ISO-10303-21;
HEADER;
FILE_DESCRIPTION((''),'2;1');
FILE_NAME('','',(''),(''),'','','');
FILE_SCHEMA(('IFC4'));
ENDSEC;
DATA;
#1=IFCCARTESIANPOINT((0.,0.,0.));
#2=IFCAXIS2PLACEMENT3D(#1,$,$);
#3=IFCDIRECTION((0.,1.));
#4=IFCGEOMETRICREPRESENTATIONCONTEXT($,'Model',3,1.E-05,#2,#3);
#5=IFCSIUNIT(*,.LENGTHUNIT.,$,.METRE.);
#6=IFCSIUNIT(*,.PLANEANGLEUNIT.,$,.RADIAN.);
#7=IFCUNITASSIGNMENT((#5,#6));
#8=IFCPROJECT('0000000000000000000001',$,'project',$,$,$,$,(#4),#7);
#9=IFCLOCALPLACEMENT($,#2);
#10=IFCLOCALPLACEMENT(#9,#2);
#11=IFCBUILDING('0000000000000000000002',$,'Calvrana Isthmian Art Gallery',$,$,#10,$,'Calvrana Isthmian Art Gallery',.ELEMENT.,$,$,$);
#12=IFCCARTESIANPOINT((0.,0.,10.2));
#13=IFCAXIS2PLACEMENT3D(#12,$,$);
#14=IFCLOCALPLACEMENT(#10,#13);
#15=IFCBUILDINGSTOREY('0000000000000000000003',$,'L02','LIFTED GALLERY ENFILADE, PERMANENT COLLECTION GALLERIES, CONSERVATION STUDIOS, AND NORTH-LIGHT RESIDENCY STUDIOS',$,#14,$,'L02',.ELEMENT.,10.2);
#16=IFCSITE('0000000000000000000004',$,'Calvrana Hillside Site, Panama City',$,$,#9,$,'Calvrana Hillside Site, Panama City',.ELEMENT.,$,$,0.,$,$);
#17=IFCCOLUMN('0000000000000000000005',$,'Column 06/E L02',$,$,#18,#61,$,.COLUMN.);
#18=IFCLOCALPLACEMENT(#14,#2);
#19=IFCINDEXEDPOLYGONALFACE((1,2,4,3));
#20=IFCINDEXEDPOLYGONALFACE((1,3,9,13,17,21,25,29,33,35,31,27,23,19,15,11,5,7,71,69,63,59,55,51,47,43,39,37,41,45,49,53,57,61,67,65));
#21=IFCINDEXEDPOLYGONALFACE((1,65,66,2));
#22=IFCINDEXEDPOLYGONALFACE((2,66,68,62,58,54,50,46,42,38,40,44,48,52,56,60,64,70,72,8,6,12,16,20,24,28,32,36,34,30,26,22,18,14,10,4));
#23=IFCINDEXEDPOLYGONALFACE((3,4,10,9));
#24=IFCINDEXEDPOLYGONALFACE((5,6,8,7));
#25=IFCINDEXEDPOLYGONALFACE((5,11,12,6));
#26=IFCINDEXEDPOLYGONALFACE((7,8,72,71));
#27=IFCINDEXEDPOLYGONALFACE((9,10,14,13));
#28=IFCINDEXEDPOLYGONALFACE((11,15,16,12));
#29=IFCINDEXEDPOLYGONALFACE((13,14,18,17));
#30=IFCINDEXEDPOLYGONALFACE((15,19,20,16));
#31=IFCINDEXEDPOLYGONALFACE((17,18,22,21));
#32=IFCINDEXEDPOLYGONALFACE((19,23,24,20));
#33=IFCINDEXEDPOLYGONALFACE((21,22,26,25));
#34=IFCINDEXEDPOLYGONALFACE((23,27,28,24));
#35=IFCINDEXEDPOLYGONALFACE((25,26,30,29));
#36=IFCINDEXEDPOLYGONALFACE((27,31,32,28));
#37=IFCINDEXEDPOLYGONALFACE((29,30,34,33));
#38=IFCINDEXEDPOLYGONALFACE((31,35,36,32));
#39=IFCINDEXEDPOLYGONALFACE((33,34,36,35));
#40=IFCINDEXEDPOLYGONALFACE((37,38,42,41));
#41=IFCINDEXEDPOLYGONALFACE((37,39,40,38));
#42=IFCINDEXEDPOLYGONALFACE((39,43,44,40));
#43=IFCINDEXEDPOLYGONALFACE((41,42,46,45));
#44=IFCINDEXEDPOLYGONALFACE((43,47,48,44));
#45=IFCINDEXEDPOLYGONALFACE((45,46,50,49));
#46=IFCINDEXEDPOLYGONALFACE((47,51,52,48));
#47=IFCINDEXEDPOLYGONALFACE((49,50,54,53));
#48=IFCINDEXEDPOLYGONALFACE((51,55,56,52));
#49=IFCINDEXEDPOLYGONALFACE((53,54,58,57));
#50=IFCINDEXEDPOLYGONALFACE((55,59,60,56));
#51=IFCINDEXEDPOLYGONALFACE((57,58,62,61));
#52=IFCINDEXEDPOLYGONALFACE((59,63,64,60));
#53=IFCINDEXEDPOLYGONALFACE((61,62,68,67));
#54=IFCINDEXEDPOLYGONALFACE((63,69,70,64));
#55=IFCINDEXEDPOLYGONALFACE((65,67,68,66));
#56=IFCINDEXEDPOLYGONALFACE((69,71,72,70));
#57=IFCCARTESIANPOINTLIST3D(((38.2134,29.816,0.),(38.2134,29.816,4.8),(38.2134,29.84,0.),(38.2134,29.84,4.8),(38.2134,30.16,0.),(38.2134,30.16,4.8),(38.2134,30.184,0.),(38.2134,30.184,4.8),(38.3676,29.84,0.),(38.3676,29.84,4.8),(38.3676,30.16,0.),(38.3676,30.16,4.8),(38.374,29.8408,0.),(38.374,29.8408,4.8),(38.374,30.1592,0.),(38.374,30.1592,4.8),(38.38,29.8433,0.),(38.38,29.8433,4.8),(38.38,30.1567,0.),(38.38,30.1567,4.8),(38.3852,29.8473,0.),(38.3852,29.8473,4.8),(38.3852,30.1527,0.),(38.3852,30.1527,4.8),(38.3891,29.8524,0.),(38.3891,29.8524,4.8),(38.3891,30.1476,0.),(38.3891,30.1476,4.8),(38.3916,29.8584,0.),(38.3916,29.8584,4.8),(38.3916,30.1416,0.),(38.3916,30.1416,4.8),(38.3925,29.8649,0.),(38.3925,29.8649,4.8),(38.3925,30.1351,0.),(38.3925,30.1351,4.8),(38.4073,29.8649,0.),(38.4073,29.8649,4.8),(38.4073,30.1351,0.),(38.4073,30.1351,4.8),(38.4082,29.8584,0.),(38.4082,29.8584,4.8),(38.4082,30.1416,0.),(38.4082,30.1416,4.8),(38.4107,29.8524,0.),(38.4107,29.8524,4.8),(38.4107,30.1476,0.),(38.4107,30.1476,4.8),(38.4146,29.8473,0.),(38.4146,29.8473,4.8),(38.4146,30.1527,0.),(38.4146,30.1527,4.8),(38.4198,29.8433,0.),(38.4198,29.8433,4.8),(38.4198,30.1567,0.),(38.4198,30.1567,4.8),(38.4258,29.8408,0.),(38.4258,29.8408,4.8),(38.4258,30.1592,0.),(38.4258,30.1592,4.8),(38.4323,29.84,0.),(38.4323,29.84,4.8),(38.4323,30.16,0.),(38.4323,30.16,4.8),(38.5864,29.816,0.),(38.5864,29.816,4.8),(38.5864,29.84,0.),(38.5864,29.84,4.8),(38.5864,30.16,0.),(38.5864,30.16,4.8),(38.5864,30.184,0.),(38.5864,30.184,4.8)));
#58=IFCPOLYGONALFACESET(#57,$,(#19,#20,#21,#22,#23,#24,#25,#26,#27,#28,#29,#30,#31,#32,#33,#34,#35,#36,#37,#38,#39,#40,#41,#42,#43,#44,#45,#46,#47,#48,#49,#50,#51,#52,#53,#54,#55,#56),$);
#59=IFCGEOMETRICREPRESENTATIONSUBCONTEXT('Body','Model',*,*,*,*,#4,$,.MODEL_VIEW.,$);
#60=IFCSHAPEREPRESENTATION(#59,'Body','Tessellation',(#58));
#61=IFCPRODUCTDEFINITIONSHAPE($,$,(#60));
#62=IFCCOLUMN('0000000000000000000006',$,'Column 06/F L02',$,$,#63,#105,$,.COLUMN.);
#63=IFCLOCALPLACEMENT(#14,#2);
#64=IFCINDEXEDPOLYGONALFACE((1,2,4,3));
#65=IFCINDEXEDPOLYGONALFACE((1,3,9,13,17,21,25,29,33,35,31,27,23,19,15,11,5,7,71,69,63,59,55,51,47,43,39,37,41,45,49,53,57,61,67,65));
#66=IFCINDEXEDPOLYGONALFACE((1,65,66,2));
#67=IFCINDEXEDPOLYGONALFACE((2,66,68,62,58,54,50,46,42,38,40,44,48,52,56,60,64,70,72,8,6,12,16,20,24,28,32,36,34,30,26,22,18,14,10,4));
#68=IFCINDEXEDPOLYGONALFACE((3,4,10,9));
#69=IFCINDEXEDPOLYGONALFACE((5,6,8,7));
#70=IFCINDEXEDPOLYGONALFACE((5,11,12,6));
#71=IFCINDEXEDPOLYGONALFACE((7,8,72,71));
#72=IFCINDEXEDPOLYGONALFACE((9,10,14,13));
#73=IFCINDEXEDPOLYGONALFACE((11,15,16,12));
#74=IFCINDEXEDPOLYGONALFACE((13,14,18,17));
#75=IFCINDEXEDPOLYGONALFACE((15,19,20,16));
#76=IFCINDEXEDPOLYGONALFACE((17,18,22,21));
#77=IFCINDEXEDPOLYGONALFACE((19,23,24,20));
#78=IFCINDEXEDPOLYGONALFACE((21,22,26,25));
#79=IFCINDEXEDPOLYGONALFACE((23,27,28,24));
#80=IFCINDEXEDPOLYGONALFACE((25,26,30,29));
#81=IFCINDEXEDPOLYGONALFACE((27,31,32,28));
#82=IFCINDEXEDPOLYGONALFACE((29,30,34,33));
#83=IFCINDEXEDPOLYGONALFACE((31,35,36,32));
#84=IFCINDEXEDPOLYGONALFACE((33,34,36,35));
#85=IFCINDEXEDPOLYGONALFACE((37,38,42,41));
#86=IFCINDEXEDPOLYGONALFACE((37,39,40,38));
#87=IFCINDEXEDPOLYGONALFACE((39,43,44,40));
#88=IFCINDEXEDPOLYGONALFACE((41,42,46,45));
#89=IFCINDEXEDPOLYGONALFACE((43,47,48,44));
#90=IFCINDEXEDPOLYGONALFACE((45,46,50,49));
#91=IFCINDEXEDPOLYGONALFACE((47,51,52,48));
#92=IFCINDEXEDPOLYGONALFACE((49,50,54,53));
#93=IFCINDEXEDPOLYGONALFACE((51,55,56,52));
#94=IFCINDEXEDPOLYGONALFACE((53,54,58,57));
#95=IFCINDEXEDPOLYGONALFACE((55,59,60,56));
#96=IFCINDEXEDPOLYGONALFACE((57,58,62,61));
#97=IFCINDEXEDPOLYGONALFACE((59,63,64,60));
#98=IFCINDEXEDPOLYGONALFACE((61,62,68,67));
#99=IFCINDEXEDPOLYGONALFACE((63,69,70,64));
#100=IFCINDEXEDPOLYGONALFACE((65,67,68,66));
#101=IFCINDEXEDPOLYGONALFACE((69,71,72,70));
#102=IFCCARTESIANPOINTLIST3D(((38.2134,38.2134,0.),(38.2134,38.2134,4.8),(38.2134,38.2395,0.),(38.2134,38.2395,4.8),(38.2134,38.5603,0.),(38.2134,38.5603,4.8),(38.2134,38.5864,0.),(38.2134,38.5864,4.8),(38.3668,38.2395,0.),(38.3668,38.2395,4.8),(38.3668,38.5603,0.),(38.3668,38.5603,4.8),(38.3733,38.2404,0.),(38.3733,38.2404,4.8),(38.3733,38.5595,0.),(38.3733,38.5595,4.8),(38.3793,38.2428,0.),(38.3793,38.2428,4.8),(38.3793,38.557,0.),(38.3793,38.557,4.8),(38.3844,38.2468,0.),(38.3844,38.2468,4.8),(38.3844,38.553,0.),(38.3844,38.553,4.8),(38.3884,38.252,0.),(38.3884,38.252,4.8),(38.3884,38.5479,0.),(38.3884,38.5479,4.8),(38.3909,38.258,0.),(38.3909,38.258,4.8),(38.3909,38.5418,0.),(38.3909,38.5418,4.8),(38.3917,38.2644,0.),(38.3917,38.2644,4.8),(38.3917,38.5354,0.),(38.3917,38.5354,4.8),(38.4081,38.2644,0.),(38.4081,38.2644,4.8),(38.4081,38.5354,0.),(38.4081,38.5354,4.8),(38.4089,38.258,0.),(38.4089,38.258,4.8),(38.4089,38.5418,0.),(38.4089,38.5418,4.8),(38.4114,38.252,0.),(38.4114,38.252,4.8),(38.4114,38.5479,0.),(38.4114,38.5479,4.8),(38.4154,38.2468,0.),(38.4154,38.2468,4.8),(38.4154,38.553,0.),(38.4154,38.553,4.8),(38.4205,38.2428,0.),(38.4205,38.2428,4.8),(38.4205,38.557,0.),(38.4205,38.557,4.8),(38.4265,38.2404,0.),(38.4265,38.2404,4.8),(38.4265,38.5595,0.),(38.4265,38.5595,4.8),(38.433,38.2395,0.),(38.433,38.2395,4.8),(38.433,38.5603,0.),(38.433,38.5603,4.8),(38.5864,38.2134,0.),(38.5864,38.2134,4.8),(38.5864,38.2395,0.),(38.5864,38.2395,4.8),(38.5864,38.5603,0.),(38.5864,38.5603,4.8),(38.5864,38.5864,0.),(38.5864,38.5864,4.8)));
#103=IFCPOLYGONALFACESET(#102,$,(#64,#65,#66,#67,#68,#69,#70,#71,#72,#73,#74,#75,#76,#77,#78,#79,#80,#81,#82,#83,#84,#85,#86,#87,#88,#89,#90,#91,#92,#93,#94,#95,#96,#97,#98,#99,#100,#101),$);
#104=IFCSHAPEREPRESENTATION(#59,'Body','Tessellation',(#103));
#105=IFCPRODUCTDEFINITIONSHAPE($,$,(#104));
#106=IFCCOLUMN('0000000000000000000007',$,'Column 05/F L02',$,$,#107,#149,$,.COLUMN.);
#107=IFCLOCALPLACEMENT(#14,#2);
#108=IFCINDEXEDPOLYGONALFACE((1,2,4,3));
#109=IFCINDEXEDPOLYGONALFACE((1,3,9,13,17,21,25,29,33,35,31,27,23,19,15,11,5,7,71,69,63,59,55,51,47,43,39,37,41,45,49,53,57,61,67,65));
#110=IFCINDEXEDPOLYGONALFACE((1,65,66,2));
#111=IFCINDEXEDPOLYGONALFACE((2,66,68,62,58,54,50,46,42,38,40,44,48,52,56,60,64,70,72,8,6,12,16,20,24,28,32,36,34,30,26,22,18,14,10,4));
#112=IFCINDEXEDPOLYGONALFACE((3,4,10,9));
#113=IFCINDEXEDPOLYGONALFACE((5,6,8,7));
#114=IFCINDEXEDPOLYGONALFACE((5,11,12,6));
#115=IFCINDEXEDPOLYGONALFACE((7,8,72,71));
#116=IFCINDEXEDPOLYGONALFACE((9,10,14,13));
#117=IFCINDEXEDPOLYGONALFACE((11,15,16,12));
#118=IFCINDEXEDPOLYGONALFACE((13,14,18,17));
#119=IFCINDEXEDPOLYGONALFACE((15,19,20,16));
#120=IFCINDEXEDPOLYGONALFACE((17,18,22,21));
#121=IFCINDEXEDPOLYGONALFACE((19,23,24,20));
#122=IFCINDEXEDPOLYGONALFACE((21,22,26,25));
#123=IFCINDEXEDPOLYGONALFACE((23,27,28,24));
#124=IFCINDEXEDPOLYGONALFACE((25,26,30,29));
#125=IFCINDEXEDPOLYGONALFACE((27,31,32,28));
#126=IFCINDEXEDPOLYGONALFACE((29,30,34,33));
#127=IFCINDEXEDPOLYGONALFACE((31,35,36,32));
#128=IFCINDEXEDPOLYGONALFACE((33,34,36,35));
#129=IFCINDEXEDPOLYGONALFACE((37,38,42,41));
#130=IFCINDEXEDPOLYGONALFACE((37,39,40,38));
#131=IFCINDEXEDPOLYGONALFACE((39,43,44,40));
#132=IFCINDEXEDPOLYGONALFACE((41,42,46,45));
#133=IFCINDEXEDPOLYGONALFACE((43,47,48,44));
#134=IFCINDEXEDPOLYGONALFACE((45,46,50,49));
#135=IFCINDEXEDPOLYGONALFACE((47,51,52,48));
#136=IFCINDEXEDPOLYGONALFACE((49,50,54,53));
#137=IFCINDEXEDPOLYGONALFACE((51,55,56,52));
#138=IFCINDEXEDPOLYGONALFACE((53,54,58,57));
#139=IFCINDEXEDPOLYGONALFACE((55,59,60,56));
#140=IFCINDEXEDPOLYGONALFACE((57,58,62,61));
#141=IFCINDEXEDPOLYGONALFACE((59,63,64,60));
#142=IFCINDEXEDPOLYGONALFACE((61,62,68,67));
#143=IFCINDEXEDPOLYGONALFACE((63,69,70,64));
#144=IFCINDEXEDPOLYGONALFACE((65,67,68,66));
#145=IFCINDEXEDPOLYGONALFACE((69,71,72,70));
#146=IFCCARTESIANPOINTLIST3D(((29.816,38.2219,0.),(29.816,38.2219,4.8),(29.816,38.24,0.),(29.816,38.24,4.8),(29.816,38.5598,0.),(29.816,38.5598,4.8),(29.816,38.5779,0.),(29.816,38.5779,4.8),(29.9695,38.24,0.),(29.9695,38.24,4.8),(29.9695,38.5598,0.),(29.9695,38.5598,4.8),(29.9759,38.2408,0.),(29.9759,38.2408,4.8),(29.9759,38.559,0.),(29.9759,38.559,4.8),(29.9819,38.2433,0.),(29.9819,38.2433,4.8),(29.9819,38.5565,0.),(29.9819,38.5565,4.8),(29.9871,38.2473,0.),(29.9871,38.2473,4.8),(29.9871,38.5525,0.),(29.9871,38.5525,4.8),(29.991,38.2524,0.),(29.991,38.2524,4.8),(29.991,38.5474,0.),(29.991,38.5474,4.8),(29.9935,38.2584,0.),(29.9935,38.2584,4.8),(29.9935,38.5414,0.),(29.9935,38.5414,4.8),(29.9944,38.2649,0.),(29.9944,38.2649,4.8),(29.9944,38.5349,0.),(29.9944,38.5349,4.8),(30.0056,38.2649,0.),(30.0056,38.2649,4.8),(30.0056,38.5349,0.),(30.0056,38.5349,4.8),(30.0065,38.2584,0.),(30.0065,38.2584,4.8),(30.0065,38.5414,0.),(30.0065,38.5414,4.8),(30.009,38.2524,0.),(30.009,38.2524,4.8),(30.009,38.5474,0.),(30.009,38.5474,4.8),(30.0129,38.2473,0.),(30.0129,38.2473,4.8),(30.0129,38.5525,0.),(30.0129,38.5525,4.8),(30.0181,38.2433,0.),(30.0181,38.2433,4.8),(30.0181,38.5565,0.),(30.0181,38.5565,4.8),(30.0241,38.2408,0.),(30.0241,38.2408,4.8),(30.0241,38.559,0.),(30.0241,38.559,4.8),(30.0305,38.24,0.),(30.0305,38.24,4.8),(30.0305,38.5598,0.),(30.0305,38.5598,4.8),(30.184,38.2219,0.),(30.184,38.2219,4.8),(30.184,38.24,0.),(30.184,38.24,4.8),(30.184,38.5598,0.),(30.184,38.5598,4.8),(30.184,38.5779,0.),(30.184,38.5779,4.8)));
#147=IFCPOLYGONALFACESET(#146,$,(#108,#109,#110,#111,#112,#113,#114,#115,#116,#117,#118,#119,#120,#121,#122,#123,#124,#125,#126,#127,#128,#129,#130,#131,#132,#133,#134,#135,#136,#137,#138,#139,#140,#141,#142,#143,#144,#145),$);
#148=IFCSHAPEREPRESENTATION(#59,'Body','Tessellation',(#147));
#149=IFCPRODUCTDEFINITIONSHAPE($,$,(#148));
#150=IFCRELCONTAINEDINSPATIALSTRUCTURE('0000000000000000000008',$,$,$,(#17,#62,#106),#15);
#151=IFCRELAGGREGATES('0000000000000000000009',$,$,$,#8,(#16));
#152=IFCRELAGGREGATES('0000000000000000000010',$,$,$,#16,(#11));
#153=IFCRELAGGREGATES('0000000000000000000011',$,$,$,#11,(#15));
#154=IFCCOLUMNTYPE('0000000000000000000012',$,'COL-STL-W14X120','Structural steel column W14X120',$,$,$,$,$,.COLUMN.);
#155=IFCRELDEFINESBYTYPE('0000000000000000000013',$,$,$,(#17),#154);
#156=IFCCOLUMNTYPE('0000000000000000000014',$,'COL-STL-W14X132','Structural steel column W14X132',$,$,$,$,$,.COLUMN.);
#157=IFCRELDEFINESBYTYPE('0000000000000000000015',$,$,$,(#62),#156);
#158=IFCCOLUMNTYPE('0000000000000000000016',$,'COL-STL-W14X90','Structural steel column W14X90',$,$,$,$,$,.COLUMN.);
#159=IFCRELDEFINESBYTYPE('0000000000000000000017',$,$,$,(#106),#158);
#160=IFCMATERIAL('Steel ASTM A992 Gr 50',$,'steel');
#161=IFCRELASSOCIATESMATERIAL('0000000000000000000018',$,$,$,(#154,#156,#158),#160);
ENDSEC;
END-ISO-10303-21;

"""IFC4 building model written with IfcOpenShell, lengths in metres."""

from ifc_helpers import new_model, si_unit, direction, frame, origin, origin_2d, place, context, subcontext, project, spatial, i_section, extrude, material, material_profile, profile_set, type_object, element, save


model = new_model("IFC4")

# Units and contexts
model_context = context("Model", 3, precision=1e-05, world=origin(), true_north=direction((0.0, 1.0)))
body_context = subcontext(model_context, "Body", "Model", "MODEL_VIEW")
ifc_project = project(units=[si_unit("LENGTHUNIT", "METRE"), si_unit("PLANEANGLEUNIT", "RADIAN")], contexts=[model_context])

# Site, building, storey
site_placement = place(None, origin())
site = spatial("IfcSite", under=ifc_project, at=site_placement, Name="Calvrana Hillside Site, Panama City", LongName="Calvrana Hillside Site, Panama City", CompositionType="ELEMENT", RefElevation=0.0)
building_placement = place(site_placement, origin())
building = spatial("IfcBuilding", under=site, at=building_placement, Name="Calvrana Isthmian Art Gallery", LongName="Calvrana Isthmian Art Gallery", CompositionType="ELEMENT")
storey_placement = place(building_placement, frame((0.0, 0.0, 10.2)))
storey = spatial("IfcBuildingStorey", under=building, at=storey_placement, Name="L02", Description="LIFTED GALLERY ENFILADE, PERMANENT COLLECTION GALLERIES, CONSERVATION STUDIOS, AND NORTH-LIGHT RESIDENCY STUDIOS", LongName="L02", CompositionType="ELEMENT", Elevation=10.2)

# Columns
ifc_material_1 = material(Name="Steel ASTM A992 Gr 50", Category="steel")
ifc_material_profile_1 = material_profile(ifc_material_1, i_section(OverallWidth=0.373, OverallDepth=0.3679, WebThickness=0.0149, FlangeThickness=0.0239, FilletRadius=0.0249, at=origin_2d()), Name="W14X120")
ifc_profile_set_1 = profile_set([ifc_material_profile_1], Name="Steel ASTM A992 Gr 50")
column_type_1 = type_object("IfcColumnType", Name="COL-STL-W14X120", Description="Structural steel column W14X120", PredefinedType="COLUMN", material=ifc_profile_set_1)
column_1_placement = place(storey_placement, frame((38.3999, 30.0, 0.0), z_axis=(0.0, 0.0, 1.0), x_axis=(1.0, 0.0, 0.0)))
element("IfcColumn", 1, at=column_1_placement, inside=storey, type_object=column_type_1, Name="Column 06/E L02", PredefinedType="COLUMN", context=body_context, shape_type="SweptSolid", body=[
    extrude(i_section(OverallWidth=0.373, OverallDepth=0.3679, WebThickness=0.0149, FlangeThickness=0.0239, FilletRadius=0.0249, at=origin_2d()), origin(), (0.0, 0.0, 1.0), 4.8),
])
ifc_material_profile_2 = material_profile(ifc_material_1, i_section(OverallWidth=0.373, OverallDepth=0.373, WebThickness=0.0164, FlangeThickness=0.0261, FilletRadius=0.0249, at=origin_2d()), Name="W14X132")
ifc_profile_set_2 = profile_set([ifc_material_profile_2], Name="Steel ASTM A992 Gr 50")
column_type_2 = type_object("IfcColumnType", Name="COL-STL-W14X132", Description="Structural steel column W14X132", PredefinedType="COLUMN", material=ifc_profile_set_2)
column_2_placement = place(storey_placement, frame((38.3999, 38.3999, 0.0), z_axis=(0.0, 0.0, 1.0), x_axis=(1.0, 0.0, 0.0)))
element("IfcColumn", 2, at=column_2_placement, inside=storey, type_object=column_type_2, Name="Column 06/F L02", PredefinedType="COLUMN", context=body_context, shape_type="SweptSolid", body=[
    extrude(i_section(OverallWidth=0.373, OverallDepth=0.373, WebThickness=0.0164, FlangeThickness=0.0261, FilletRadius=0.0249, at=origin_2d()), origin(), (0.0, 0.0, 1.0), 4.8),
])
ifc_material_profile_3 = material_profile(ifc_material_1, i_section(OverallWidth=0.3679, OverallDepth=0.356, WebThickness=0.0112, FlangeThickness=0.0181, FilletRadius=0.0249, at=origin_2d()), Name="W14X90")
ifc_profile_set_3 = profile_set([ifc_material_profile_3], Name="Steel ASTM A992 Gr 50")
column_type_3 = type_object("IfcColumnType", Name="COL-STL-W14X90", Description="Structural steel column W14X90", PredefinedType="COLUMN", material=ifc_profile_set_3)
column_3_placement = place(storey_placement, frame((30.0, 38.3999, 0.0), z_axis=(0.0, 0.0, 1.0), x_axis=(1.0, 0.0, 0.0)))
element("IfcColumn", 3, at=column_3_placement, inside=storey, type_object=column_type_3, Name="Column 05/F L02", PredefinedType="COLUMN", context=body_context, shape_type="SweptSolid", body=[
    extrude(i_section(OverallWidth=0.3679, OverallDepth=0.356, WebThickness=0.0112, FlangeThickness=0.0181, FilletRadius=0.0249, at=origin_2d()), origin(), (0.0, 0.0, 1.0), 4.8),
])

save(model, "model.ifc")
